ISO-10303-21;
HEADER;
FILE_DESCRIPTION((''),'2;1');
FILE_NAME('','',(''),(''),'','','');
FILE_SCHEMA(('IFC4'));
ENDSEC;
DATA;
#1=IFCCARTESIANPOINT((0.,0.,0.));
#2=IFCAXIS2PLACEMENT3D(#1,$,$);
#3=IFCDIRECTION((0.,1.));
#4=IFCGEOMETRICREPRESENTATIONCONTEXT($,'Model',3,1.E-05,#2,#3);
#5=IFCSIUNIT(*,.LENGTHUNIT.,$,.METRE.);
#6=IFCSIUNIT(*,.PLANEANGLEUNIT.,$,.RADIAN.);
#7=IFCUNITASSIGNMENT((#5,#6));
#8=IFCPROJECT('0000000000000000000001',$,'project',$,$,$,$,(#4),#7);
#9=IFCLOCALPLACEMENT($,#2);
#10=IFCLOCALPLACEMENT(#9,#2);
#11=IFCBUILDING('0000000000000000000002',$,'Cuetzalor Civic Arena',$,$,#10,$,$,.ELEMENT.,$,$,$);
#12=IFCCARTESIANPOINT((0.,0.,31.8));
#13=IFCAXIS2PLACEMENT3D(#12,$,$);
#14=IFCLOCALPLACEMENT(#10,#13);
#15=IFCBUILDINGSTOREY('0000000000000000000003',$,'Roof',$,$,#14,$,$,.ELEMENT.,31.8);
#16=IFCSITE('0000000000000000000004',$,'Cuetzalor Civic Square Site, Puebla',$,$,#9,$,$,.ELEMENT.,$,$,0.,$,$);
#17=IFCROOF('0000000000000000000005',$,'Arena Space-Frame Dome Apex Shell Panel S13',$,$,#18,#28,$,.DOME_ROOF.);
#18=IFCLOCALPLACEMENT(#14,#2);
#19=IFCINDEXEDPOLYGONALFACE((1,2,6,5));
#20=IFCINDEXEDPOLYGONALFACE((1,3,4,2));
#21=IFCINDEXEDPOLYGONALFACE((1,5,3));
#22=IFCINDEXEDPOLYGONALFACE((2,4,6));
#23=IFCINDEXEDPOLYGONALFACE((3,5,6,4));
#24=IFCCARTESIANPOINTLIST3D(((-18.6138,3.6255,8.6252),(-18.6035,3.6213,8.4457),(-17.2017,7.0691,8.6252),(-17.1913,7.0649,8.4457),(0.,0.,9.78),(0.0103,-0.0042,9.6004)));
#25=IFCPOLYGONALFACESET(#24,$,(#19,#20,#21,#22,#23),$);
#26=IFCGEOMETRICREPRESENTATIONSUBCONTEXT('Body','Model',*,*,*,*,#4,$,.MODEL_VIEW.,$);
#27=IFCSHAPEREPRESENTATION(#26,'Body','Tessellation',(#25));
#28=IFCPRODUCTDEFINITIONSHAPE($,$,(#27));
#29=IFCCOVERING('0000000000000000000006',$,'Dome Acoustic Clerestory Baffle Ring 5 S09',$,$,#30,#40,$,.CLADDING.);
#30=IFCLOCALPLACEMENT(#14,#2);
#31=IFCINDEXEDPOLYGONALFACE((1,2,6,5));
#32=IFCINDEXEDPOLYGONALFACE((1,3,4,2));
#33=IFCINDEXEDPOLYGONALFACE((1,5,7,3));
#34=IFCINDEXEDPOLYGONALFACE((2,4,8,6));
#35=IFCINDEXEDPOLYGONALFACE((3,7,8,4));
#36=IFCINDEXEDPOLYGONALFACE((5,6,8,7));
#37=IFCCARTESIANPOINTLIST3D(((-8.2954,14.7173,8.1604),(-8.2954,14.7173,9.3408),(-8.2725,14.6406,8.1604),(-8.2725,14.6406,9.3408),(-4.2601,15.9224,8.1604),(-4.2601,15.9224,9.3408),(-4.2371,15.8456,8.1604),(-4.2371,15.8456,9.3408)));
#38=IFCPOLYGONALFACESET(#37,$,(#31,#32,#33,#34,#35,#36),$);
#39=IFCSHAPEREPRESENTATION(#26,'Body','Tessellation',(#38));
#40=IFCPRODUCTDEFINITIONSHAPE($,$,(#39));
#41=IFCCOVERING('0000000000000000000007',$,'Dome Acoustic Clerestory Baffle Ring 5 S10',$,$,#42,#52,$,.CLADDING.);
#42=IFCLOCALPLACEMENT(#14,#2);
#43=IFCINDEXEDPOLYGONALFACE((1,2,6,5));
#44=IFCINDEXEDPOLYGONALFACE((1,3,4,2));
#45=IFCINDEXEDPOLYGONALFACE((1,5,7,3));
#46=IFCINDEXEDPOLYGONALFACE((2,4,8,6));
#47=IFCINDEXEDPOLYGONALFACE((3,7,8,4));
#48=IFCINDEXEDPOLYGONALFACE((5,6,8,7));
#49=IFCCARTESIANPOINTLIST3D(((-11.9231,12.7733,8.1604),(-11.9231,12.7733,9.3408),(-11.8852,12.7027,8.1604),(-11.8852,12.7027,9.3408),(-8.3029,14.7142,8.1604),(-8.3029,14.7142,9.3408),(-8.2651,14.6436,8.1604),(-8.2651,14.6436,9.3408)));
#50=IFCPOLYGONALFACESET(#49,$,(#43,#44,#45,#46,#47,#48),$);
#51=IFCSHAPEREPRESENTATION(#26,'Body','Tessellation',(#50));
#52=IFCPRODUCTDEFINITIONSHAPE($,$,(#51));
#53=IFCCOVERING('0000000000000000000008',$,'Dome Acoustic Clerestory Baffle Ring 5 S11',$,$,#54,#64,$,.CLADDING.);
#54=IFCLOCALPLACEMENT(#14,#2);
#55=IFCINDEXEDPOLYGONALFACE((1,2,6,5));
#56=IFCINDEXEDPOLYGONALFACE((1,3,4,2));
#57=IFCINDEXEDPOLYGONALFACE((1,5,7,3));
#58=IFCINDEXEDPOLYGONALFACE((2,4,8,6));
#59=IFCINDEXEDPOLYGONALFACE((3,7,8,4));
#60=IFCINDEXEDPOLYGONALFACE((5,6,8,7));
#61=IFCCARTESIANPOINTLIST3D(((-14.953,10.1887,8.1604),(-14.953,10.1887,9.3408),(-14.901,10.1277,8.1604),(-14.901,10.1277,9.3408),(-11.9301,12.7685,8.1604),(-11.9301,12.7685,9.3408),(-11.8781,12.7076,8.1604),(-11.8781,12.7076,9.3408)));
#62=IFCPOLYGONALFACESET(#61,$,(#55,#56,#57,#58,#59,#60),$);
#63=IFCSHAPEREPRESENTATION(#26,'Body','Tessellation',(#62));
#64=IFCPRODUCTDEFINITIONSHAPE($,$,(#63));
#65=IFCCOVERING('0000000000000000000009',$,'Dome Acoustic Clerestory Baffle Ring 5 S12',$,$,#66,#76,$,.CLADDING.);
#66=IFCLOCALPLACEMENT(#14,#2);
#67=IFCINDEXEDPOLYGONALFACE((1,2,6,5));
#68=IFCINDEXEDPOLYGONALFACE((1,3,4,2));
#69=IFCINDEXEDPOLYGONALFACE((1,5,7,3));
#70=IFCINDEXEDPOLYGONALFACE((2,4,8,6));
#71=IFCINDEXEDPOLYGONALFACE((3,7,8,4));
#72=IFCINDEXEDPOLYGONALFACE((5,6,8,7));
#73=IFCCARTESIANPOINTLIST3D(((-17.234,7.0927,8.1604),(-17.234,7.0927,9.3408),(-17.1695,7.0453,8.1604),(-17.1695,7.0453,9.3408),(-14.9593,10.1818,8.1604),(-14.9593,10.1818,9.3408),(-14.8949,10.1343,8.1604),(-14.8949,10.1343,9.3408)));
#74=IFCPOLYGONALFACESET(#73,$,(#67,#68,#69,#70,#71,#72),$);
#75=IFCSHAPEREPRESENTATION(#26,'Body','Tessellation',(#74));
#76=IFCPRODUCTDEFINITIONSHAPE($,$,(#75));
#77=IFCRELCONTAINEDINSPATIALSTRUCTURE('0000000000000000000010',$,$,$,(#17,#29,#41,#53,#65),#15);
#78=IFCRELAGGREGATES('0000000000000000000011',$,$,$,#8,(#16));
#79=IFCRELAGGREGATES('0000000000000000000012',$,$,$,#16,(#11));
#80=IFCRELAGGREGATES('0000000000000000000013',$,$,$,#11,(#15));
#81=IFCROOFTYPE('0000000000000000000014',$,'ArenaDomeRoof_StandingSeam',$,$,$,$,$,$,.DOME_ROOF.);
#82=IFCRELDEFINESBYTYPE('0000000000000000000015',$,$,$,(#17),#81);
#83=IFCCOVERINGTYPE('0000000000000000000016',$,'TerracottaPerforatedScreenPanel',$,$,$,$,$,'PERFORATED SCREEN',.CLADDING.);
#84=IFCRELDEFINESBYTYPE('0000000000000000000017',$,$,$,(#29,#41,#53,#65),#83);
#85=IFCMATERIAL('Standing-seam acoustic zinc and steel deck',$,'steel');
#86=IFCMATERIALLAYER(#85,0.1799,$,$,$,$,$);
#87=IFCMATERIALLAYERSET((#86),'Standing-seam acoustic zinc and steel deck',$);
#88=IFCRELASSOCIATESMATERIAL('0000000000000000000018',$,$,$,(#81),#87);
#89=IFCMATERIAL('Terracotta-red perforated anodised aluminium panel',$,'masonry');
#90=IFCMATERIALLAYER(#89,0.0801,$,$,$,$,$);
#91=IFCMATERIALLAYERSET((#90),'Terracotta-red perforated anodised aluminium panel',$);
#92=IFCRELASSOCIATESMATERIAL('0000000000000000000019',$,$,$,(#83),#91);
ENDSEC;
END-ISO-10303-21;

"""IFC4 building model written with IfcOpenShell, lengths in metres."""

from ifc_helpers import new_model, si_unit, direction, frame, frame_2d, origin, place, context, subcontext, project, spatial, polyline, rectangle, outline, extrude, material, layer, layer_set, type_object, element, save


model = new_model("IFC4")

# Units and contexts
model_context = context("Model", 3, precision=1e-05, world=origin(), true_north=direction((0.0, 1.0)))
body_context = subcontext(model_context, "Body", "Model", "MODEL_VIEW")
ifc_project = project(units=[si_unit("LENGTHUNIT", "METRE"), si_unit("PLANEANGLEUNIT", "RADIAN")], contexts=[model_context])

# Site, building, storey
site_placement = place(None, origin())
site = spatial("IfcSite", under=ifc_project, at=site_placement, Name="Cuetzalor Civic Square Site, Puebla", CompositionType="ELEMENT", RefElevation=0.0)
building_placement = place(site_placement, origin())
building = spatial("IfcBuilding", under=site, at=building_placement, Name="Cuetzalor Civic Arena", CompositionType="ELEMENT")
storey_placement = place(building_placement, frame((0.0, 0.0, 31.8)))
storey = spatial("IfcBuildingStorey", under=building, at=storey_placement, Name="Roof", CompositionType="ELEMENT", Elevation=31.8)

# Roof
ifc_material_1 = material(Name="Standing-seam acoustic zinc and steel deck", Category="steel")
ifc_layer_1 = layer(ifc_material_1, 0.1799)
ifc_layer_set_1 = layer_set([ifc_layer_1], Name="Standing-seam acoustic zinc and steel deck")
roof_type = type_object("IfcRoofType", Name="ArenaDomeRoof_StandingSeam", PredefinedType="DOME_ROOF", material=ifc_layer_set_1)
roof_1_placement = place(storey_placement, frame((-17.2017, 7.0691, 8.6252), z_axis=(-0.05734, 0.023513, 0.998078), x_axis=(-0.379407, -0.92523, 0.0)))
element("IfcRoof", 1, at=roof_1_placement, inside=storey, type_object=roof_type, Name="Arena Space-Frame Dome Apex Shell Panel S13", PredefinedType="DOME_ROOF", context=body_context, shape_type="SweptSolid", body=[
    extrude(outline(polyline([(0.0, 0.0), (3.7219, 0.0), (0.0141, 18.6334), (0.0, 0.0)])), origin(), (0.0, 0.0, -1.0), 0.1799),
])

# Coverings
ifc_material_2 = material(Name="Terracotta-red perforated anodised aluminium panel", Category="masonry")
ifc_layer_2 = layer(ifc_material_2, 0.0801)
ifc_layer_set_2 = layer_set([ifc_layer_2], Name="Terracotta-red perforated anodised aluminium panel")
covering_type = type_object("IfcCoveringType", Name="TerracottaPerforatedScreenPanel", ElementType="PERFORATED SCREEN", PredefinedType="CLADDING", material=ifc_layer_set_2)
covering_1_placement = place(storey_placement, frame((-8.2839, 14.679, 8.1604), z_axis=(0.0, 0.0, 1.0), x_axis=(0.958188, 0.28614, 0.0)))
element("IfcCovering", 2, at=covering_1_placement, inside=storey, type_object=covering_type, Name="Dome Acoustic Clerestory Baffle Ring 5 S09", PredefinedType="CLADDING", context=body_context, shape_type="SweptSolid", body=[
    extrude(rectangle(XDim=4.2114, YDim=0.0801, at=frame_2d((2.1057, 0.0))), origin(), (0.0, 0.0, 1.0), 1.1804),
])
covering_2_placement = place(storey_placement, frame((-11.9041, 12.738, 8.1604), z_axis=(0.0, 0.0, 1.0), x_axis=(0.881321, 0.472518, 0.0)))
element("IfcCovering", 3, at=covering_2_placement, inside=storey, type_object=covering_type, Name="Dome Acoustic Clerestory Baffle Ring 5 S10", PredefinedType="CLADDING", context=body_context, shape_type="SweptSolid", body=[
    extrude(rectangle(XDim=4.1077, YDim=0.0801, at=frame_2d((2.0537, 0.0))), origin(), (0.0, 0.0, 1.0), 1.1804),
])
covering_3_placement = place(storey_placement, frame((-14.927, 10.1582, 8.1604), z_axis=(0.0, 0.0, 1.0), x_axis=(0.760656, 0.649156, 0.0)))
element("IfcCovering", 4, at=covering_3_placement, inside=storey, type_object=covering_type, Name="Dome Acoustic Clerestory Baffle Ring 5 S11", PredefinedType="CLADDING", context=body_context, shape_type="SweptSolid", body=[
    extrude(rectangle(XDim=3.9741, YDim=0.0801, at=frame_2d((1.9871, 0.0))), origin(), (0.0, 0.0, 1.0), 1.1804),
])
covering_4_placement = place(storey_placement, frame((-17.2017, 7.0691, 8.1604), z_axis=(0.0, 0.0, 1.0), x_axis=(0.592941, 0.805246, 0.0)))
element("IfcCovering", 5, at=covering_4_placement, inside=storey, type_object=covering_type, Name="Dome Acoustic Clerestory Baffle Ring 5 S12", PredefinedType="CLADDING", context=body_context, shape_type="SweptSolid", body=[
    extrude(rectangle(XDim=3.8362, YDim=0.0801, at=frame_2d((1.918, 0.0))), origin(), (0.0, 0.0, 1.0), 1.1804),
])

save(model, "model.ifc")
